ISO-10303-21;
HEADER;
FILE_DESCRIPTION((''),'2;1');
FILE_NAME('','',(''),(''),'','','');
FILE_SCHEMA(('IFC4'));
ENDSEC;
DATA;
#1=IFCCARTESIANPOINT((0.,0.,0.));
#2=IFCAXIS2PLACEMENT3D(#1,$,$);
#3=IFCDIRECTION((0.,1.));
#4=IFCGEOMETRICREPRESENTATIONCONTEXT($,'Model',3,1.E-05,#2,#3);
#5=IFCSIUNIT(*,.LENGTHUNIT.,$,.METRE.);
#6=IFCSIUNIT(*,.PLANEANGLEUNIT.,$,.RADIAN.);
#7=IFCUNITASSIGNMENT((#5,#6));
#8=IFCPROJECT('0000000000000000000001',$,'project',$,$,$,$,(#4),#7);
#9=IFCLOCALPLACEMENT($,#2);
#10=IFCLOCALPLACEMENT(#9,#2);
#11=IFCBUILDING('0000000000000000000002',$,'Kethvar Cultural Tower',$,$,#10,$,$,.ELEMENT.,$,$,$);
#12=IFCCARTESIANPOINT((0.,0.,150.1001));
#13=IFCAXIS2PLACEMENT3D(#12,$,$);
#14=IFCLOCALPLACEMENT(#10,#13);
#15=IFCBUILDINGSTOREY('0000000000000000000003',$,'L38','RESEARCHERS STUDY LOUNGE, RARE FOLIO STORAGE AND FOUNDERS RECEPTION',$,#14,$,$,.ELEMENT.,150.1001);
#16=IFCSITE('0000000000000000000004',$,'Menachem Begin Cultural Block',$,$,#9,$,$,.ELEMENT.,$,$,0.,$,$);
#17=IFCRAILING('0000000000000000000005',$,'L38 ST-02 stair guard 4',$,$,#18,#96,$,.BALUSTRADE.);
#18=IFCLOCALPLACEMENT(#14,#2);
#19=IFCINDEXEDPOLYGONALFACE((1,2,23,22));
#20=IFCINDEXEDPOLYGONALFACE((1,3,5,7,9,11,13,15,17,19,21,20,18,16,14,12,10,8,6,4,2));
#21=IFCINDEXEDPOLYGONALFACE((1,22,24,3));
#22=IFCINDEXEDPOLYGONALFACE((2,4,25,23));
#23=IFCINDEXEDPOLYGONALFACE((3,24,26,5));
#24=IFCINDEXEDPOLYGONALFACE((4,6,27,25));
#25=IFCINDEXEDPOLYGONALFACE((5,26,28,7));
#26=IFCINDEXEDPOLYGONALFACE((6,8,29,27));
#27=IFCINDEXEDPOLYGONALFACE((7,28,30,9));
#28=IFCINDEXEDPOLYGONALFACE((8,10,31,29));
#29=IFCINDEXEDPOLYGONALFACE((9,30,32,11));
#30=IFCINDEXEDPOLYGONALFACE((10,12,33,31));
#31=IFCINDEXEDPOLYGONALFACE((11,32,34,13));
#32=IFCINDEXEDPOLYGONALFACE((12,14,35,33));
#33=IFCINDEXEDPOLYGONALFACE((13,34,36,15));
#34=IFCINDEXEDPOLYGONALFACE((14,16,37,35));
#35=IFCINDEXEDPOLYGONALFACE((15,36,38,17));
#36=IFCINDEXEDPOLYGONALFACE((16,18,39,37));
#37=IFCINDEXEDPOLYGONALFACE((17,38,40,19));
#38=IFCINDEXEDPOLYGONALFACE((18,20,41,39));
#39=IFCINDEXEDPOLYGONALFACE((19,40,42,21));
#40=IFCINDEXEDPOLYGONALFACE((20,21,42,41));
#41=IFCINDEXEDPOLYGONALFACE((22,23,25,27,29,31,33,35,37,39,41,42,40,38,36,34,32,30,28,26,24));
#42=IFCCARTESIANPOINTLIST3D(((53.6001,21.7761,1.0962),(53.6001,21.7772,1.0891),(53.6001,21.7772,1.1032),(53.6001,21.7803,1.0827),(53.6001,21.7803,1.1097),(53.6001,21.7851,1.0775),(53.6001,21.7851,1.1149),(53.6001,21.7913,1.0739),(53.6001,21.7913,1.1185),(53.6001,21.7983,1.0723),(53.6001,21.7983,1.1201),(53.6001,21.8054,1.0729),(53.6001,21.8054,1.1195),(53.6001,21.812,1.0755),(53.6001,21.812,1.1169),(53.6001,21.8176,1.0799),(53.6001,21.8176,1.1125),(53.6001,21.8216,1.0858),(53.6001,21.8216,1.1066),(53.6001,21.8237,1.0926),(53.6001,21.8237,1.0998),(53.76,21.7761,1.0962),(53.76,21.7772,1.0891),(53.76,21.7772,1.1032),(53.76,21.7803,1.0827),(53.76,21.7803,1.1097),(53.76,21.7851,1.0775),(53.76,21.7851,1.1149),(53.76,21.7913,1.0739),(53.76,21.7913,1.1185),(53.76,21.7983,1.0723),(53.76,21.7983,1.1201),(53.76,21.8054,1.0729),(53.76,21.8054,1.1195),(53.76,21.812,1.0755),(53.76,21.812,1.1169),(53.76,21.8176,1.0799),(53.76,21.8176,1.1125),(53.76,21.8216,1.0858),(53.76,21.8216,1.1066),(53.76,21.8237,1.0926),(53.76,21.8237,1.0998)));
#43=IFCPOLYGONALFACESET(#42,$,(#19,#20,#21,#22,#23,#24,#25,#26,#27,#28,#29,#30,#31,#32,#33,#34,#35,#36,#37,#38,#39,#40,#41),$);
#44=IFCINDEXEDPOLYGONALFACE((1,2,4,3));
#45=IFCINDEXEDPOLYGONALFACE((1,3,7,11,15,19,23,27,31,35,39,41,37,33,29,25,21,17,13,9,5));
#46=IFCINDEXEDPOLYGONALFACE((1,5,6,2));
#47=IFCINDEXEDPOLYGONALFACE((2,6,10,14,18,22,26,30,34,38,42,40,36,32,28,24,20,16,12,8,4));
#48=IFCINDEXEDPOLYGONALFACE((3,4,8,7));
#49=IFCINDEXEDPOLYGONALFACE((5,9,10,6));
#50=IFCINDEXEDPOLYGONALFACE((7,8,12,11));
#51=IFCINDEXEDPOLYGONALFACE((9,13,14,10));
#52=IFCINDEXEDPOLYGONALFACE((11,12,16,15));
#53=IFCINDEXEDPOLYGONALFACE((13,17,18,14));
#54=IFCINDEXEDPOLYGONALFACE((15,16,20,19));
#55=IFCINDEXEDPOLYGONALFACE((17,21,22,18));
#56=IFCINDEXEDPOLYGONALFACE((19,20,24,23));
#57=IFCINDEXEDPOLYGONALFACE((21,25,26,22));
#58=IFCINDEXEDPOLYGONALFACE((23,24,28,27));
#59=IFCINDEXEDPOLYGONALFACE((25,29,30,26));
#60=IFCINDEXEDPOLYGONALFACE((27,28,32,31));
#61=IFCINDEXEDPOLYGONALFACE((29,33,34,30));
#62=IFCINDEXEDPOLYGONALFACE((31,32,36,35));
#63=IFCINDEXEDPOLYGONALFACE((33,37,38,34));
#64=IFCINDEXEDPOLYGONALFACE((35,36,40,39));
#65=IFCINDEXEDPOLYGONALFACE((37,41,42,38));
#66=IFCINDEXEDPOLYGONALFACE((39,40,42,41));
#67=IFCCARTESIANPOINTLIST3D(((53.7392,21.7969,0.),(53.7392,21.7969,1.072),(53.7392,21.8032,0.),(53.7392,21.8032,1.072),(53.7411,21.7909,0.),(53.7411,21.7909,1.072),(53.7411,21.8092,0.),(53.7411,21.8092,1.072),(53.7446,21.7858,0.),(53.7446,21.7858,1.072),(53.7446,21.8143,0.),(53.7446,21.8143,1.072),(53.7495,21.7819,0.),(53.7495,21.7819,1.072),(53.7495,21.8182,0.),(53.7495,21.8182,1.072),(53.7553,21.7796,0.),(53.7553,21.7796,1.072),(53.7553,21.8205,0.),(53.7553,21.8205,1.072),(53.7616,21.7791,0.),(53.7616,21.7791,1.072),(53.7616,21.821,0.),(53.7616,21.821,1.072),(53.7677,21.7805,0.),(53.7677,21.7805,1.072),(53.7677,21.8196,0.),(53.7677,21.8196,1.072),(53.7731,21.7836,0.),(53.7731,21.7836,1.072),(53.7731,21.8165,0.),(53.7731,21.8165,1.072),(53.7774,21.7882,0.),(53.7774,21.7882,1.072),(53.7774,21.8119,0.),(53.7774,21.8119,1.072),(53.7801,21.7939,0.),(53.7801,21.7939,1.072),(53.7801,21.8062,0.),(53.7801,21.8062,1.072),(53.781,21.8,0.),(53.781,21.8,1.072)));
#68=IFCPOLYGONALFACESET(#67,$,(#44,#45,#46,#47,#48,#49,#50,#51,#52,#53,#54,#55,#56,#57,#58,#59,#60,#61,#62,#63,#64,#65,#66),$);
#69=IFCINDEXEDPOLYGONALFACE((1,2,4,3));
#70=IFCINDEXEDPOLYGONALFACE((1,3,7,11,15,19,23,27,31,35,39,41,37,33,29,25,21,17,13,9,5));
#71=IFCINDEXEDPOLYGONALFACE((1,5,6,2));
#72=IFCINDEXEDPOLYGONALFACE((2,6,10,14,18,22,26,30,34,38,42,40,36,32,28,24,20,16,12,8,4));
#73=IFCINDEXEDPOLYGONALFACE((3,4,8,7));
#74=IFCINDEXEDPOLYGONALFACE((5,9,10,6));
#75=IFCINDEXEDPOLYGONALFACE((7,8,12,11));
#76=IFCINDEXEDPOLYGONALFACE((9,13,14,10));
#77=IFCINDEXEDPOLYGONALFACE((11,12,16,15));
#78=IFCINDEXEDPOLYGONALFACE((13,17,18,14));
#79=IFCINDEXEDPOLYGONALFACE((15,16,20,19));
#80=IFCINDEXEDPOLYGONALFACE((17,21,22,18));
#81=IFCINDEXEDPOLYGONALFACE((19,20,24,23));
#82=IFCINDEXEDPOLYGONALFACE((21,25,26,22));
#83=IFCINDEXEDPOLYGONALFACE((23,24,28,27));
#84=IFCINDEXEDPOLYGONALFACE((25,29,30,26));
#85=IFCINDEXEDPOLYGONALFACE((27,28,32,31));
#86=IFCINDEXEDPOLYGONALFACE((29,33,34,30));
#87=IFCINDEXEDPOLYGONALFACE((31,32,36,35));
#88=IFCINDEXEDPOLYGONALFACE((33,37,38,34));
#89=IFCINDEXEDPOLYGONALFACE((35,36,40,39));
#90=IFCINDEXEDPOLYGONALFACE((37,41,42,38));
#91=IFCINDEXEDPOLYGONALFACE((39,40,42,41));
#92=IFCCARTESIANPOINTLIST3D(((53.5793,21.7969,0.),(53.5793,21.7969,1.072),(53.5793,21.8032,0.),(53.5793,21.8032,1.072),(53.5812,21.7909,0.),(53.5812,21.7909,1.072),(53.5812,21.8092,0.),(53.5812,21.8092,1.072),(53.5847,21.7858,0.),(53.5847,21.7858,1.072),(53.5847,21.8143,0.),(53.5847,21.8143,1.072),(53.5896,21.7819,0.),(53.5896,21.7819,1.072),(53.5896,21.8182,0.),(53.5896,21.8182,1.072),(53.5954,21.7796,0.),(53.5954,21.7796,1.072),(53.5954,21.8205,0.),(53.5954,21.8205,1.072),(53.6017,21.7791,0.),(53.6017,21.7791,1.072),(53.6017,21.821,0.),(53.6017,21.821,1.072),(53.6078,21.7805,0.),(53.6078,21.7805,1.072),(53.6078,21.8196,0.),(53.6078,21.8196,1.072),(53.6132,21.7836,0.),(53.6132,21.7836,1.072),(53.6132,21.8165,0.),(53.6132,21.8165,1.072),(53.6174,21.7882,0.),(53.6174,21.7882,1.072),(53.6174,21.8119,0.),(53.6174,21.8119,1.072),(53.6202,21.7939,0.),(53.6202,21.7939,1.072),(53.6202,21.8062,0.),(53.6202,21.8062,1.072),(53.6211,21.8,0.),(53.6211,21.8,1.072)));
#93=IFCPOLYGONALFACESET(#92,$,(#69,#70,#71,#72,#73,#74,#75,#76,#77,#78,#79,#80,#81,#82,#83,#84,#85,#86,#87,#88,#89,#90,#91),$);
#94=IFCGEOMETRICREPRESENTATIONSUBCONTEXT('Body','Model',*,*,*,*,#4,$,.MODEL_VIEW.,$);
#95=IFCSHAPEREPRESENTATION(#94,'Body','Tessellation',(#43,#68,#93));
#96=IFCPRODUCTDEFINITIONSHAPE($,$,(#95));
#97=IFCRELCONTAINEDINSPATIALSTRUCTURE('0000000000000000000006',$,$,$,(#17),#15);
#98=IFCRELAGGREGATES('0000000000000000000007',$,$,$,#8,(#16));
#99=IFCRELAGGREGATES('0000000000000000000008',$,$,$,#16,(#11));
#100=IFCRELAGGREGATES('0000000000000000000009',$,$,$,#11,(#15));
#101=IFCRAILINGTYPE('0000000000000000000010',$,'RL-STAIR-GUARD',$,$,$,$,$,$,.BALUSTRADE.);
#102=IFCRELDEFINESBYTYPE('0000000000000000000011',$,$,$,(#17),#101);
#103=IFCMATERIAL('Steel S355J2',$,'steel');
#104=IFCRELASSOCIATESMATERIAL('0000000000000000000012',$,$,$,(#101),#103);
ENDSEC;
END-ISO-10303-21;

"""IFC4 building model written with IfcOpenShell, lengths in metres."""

from ifc_helpers import new_model, si_unit, direction, frame, origin, origin_2d, place, context, subcontext, project, spatial, circle, extrude, material, type_object, element, save


model = new_model("IFC4")

# Units and contexts
model_context = context("Model", 3, precision=1e-05, world=origin(), true_north=direction((0.0, 1.0)))
body_context = subcontext(model_context, "Body", "Model", "MODEL_VIEW")
ifc_project = project(units=[si_unit("LENGTHUNIT", "METRE"), si_unit("PLANEANGLEUNIT", "RADIAN")], contexts=[model_context])

# Site, building, storey
site_placement = place(None, origin())
site = spatial("IfcSite", under=ifc_project, at=site_placement, Name="Menachem Begin Cultural Block", CompositionType="ELEMENT", RefElevation=0.0)
building_placement = place(site_placement, origin())
building = spatial("IfcBuilding", under=site, at=building_placement, Name="Kethvar Cultural Tower", CompositionType="ELEMENT")
storey_placement = place(building_placement, frame((0.0, 0.0, 150.1001)))
storey = spatial("IfcBuildingStorey", under=building, at=storey_placement, Name="L38", Description="RESEARCHERS STUDY LOUNGE, RARE FOLIO STORAGE AND FOUNDERS RECEPTION", CompositionType="ELEMENT", Elevation=150.1001)

# Shared definitions
ifc_material_1 = material(Name="Steel S355J2", Category="steel")

# Railing
railing_type_1 = type_object("IfcRailingType", Name="RL-STAIR-GUARD", PredefinedType="BALUSTRADE", material=ifc_material_1)
railing_1_placement = place(storey_placement, frame((53.76, 21.8, 0.0)))
element("IfcRailing", 1, at=railing_1_placement, inside=storey, type_object=railing_type_1, Name="L38 ST-02 stair guard 4", PredefinedType="BALUSTRADE", context=body_context, shape_type="SweptSolid", body=[
    extrude(circle(Radius=0.0239, at=origin_2d()), frame((0.0, 0.0, 1.0962), z_axis=(-1.0, 0.0, 0.0), x_axis=(0.0, -1.0, 0.0)), (0.0, 0.0, 1.0), 0.1599),
    extrude(circle(Radius=0.021, at=origin_2d()), origin(), (0.0, 0.0, 1.0), 1.072),
    extrude(circle(Radius=0.021, at=origin_2d()), frame((-0.1599, 0.0, 0.0)), (0.0, 0.0, 1.0), 1.072),
])

save(model, "model.ifc")
